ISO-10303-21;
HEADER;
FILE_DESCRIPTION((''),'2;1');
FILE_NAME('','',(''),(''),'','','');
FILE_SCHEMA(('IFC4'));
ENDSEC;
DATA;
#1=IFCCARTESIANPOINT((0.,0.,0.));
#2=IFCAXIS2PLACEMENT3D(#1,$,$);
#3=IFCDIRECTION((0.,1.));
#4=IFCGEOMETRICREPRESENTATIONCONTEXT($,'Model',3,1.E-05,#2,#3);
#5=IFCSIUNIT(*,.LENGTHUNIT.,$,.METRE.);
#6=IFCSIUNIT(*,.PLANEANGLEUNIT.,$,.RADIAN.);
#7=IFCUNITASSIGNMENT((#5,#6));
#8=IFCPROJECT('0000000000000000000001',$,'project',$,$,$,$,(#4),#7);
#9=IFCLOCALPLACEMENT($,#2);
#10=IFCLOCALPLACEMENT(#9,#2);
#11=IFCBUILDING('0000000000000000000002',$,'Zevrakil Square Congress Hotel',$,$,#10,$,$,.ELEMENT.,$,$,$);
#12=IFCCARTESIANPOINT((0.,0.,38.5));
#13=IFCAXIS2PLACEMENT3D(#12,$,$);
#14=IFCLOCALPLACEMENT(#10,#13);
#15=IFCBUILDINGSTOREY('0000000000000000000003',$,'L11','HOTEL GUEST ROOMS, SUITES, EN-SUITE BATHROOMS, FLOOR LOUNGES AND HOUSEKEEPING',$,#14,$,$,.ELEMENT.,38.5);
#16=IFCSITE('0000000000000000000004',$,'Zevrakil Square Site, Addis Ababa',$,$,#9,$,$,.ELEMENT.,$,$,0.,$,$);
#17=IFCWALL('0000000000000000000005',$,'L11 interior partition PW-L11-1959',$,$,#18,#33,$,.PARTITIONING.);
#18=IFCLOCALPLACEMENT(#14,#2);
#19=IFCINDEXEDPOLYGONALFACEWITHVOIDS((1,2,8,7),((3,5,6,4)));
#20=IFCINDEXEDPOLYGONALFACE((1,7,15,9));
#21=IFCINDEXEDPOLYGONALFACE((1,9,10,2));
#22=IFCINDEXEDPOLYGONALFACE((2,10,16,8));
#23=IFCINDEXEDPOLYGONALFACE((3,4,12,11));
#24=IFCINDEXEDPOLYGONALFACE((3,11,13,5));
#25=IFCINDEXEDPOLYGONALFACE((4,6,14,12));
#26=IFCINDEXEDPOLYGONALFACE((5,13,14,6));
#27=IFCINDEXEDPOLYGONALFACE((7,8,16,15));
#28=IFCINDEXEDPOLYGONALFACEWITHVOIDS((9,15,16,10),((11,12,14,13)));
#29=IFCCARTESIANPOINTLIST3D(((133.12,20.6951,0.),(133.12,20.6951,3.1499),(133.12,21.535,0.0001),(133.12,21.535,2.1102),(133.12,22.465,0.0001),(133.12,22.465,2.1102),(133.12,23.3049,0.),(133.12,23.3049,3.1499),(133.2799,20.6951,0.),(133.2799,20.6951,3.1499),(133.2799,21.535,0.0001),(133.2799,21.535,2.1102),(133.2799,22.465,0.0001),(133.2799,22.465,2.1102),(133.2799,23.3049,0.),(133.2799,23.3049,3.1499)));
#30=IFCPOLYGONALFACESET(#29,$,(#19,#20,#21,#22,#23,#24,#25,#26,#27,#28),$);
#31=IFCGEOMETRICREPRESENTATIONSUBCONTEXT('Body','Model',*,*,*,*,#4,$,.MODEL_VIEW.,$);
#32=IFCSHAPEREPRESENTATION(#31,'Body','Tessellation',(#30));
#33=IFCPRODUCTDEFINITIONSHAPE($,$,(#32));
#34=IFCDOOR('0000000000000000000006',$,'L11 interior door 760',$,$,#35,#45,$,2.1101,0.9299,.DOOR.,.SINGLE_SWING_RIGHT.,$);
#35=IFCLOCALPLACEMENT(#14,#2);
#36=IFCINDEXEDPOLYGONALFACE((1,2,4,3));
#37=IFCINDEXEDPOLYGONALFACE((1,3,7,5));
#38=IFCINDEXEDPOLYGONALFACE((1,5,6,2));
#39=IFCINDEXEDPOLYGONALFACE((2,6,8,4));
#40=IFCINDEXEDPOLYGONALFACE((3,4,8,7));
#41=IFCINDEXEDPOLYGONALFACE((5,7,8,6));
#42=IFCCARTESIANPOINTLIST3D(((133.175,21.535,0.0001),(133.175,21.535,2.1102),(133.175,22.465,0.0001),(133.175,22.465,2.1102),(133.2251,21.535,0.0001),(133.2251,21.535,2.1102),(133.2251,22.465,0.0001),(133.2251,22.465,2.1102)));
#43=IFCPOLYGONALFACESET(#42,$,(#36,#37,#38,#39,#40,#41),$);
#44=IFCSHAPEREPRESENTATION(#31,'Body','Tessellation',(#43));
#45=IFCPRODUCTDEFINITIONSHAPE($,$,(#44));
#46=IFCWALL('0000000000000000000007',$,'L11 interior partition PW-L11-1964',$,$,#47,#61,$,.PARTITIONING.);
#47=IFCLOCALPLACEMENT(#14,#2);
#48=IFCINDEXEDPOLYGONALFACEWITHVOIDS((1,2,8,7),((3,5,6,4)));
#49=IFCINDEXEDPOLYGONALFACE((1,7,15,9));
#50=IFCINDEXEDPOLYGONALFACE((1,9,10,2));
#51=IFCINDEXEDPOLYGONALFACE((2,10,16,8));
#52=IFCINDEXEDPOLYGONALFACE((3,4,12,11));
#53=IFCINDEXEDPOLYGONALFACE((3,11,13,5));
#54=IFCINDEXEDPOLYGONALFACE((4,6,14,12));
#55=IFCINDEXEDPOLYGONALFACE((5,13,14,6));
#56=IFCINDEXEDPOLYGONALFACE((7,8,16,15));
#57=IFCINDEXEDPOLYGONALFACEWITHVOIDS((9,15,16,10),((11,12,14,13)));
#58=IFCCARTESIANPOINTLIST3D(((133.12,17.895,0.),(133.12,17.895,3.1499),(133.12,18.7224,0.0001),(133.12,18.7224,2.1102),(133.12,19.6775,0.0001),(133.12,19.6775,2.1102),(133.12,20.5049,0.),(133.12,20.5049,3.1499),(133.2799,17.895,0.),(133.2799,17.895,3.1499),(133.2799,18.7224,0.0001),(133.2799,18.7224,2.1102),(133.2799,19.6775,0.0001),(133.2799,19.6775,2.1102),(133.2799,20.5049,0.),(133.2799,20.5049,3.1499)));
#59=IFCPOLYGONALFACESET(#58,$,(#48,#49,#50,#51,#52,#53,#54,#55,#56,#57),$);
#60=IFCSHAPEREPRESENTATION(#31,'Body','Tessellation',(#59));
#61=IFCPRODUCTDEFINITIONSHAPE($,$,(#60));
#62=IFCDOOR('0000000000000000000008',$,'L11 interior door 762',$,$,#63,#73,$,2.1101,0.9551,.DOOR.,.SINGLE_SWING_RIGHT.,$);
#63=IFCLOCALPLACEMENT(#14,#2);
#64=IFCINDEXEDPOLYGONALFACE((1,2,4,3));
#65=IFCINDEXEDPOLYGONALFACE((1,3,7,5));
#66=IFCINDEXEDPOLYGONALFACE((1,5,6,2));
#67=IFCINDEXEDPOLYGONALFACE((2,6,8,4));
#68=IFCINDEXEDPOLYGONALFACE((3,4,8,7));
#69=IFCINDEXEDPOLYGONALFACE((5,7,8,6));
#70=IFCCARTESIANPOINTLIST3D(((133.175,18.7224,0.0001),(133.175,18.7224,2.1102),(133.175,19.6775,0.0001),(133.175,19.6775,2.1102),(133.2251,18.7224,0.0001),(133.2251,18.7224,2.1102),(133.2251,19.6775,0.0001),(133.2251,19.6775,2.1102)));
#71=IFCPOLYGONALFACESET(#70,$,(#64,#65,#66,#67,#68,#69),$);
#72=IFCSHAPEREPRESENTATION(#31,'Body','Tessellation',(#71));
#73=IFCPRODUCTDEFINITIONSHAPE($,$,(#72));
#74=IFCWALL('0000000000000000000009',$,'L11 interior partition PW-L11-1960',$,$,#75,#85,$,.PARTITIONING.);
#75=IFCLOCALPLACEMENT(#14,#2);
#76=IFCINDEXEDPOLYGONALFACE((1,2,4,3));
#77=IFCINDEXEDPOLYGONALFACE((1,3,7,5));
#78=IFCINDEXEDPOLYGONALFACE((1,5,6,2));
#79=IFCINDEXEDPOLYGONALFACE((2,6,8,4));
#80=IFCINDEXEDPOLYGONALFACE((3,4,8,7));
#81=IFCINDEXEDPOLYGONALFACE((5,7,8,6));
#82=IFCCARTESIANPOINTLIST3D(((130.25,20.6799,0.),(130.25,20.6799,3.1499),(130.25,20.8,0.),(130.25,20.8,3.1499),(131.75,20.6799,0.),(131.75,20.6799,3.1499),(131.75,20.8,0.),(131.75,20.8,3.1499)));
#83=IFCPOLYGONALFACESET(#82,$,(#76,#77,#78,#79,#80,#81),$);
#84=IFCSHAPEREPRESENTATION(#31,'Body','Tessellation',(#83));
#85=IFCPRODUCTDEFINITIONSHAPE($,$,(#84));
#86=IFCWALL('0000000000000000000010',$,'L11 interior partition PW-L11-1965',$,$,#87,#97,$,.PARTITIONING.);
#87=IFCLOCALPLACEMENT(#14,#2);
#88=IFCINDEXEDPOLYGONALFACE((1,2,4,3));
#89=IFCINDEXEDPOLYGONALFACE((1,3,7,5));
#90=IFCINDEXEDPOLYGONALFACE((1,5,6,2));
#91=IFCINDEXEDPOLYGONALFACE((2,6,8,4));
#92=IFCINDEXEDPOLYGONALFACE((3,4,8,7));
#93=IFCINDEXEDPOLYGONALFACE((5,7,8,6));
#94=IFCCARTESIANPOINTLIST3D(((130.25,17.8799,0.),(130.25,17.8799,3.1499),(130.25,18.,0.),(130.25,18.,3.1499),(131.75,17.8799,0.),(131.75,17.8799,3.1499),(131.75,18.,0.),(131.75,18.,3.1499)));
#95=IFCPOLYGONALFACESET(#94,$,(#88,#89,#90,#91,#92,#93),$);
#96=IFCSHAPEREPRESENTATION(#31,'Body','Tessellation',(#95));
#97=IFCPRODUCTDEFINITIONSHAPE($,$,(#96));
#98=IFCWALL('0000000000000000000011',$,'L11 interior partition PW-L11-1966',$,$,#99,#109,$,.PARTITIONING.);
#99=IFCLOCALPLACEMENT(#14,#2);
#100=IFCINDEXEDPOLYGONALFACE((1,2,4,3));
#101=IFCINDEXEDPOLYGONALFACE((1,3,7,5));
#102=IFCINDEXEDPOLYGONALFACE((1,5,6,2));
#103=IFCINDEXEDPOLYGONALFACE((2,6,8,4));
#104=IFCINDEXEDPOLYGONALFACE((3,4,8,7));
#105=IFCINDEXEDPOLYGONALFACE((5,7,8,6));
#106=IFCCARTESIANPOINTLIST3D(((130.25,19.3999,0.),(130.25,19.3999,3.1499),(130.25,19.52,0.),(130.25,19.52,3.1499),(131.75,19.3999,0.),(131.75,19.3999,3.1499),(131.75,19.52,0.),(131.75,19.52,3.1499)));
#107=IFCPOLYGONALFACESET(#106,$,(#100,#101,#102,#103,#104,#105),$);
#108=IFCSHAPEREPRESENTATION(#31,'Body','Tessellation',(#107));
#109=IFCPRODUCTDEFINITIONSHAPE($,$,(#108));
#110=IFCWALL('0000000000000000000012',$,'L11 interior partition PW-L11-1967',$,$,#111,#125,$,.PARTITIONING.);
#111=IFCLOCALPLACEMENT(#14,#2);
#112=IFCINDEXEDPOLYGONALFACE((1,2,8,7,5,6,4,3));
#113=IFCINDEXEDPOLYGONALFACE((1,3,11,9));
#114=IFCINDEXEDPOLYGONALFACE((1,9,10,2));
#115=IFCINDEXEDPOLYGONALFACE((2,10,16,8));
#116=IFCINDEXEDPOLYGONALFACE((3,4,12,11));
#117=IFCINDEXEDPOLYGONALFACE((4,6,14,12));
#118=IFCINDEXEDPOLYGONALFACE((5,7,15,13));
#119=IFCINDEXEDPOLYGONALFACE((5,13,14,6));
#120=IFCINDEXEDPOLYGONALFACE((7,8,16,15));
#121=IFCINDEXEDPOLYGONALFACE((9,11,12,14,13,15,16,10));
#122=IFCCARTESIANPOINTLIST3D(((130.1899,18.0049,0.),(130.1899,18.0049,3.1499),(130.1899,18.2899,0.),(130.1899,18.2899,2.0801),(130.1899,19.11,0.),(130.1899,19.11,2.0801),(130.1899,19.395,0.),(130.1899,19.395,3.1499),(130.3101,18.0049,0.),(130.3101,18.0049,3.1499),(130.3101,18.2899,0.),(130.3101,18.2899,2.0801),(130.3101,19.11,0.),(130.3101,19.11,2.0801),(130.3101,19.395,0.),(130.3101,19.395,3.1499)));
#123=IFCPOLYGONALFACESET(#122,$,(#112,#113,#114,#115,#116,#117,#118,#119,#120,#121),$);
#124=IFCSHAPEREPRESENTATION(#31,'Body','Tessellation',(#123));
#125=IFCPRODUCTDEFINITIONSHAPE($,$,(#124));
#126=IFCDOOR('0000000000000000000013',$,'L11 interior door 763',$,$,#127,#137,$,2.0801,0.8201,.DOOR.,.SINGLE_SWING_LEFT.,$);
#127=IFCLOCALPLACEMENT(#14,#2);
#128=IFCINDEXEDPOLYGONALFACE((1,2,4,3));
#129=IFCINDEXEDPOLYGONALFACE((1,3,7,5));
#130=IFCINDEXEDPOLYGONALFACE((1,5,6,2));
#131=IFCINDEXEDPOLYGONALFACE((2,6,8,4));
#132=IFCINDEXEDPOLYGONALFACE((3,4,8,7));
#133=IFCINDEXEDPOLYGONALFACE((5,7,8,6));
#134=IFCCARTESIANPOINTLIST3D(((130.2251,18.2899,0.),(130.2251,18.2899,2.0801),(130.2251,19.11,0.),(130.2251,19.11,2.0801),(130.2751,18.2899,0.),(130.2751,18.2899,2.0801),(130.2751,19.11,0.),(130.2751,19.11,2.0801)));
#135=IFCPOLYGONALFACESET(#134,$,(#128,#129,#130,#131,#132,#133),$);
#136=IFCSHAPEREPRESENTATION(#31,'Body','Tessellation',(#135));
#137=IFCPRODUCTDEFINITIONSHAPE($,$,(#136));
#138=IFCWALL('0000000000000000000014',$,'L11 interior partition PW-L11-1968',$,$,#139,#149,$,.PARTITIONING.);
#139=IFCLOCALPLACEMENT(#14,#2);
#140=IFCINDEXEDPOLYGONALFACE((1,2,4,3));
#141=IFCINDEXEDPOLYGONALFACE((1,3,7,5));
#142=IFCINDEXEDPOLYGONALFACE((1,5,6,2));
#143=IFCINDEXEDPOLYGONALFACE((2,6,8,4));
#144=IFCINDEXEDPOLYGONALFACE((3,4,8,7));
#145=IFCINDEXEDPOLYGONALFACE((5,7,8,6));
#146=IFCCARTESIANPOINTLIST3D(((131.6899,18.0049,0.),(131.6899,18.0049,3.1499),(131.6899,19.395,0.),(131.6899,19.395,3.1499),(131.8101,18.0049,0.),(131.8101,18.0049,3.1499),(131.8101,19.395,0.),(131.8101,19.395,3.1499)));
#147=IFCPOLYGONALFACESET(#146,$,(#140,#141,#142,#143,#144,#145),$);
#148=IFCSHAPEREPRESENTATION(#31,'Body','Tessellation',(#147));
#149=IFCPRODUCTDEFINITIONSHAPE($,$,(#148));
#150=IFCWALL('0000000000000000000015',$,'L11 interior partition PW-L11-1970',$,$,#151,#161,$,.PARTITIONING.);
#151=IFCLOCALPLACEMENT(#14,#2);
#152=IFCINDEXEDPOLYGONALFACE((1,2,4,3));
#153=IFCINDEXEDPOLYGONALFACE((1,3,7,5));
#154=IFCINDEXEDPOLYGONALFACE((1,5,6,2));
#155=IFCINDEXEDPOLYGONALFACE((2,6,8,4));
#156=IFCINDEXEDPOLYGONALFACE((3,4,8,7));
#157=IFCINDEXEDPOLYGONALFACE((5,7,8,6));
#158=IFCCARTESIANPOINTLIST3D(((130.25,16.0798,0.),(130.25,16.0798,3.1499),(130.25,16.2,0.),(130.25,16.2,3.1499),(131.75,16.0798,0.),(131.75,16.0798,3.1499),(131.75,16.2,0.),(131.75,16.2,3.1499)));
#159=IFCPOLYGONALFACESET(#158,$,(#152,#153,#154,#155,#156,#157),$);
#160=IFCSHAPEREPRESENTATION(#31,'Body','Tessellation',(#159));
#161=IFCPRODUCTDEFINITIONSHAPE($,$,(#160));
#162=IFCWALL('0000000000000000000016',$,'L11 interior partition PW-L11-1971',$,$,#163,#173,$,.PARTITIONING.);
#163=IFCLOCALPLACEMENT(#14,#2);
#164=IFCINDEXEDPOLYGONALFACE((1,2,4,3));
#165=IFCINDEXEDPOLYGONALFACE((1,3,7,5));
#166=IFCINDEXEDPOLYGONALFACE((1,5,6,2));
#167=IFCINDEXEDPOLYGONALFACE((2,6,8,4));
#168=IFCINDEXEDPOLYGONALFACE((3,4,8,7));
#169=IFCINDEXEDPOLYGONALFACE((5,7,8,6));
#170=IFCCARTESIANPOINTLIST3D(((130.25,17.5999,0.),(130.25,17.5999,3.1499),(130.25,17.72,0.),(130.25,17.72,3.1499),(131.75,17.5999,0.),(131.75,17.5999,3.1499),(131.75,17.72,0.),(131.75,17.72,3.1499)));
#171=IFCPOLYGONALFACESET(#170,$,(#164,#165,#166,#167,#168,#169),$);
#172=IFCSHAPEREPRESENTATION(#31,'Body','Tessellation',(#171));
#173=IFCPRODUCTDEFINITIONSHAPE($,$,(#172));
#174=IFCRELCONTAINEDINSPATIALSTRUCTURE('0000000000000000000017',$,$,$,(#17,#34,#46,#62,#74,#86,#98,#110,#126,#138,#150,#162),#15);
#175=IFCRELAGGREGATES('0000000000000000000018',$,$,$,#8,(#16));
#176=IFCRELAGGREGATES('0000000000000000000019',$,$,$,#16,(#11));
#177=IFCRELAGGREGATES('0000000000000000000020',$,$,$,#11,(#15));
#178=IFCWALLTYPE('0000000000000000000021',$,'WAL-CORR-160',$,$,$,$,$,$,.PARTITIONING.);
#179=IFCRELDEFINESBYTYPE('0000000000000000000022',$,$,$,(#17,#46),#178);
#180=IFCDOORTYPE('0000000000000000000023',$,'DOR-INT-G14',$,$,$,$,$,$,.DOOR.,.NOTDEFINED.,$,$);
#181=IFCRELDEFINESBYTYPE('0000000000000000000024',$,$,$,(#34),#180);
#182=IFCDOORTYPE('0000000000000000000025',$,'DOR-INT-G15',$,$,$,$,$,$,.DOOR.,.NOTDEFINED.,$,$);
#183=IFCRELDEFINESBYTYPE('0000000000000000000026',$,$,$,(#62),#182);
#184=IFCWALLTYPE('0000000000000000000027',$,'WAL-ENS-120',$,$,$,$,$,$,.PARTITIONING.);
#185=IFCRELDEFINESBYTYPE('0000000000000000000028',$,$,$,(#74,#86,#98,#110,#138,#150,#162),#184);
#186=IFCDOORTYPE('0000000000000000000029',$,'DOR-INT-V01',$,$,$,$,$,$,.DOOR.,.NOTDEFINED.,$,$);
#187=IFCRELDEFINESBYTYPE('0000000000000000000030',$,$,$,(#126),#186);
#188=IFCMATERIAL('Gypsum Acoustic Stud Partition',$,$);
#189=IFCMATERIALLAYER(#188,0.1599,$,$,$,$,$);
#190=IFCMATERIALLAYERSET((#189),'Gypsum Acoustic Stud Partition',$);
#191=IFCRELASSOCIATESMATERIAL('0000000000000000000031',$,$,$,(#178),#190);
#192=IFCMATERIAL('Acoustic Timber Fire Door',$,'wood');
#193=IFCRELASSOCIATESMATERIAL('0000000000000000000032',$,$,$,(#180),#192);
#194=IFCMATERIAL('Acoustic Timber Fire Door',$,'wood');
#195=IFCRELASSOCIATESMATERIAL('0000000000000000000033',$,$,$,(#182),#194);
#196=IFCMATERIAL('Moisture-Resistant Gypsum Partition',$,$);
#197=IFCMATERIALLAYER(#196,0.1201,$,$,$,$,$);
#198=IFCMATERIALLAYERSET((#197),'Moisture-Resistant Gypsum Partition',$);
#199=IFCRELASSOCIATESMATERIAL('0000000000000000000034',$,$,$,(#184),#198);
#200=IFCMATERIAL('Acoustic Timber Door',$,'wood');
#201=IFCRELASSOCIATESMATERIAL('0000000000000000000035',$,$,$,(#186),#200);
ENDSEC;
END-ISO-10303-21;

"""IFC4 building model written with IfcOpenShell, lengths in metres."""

from ifc_helpers import new_model, si_unit, direction, frame, frame_2d, origin, place, context, subcontext, project, spatial, rectangle, extrude, material, layer, layer_set, type_object, element, fill, save


model = new_model("IFC4")

# Units and contexts
model_context = context("Model", 3, precision=1e-05, world=origin(), true_north=direction((0.0, 1.0)))
body_context = subcontext(model_context, "Body", "Model", "MODEL_VIEW")
ifc_project = project(units=[si_unit("LENGTHUNIT", "METRE"), si_unit("PLANEANGLEUNIT", "RADIAN")], contexts=[model_context])

# Site, building, storey
site_placement = place(None, origin())
site = spatial("IfcSite", under=ifc_project, at=site_placement, Name="Zevrakil Square Site, Addis Ababa", CompositionType="ELEMENT", RefElevation=0.0)
building_placement = place(site_placement, origin())
building = spatial("IfcBuilding", under=site, at=building_placement, Name="Zevrakil Square Congress Hotel", CompositionType="ELEMENT")
storey_placement = place(building_placement, frame((0.0, 0.0, 38.5)))
storey = spatial("IfcBuildingStorey", under=building, at=storey_placement, Name="L11", Description="HOTEL GUEST ROOMS, SUITES, EN-SUITE BATHROOMS, FLOOR LOUNGES AND HOUSEKEEPING", CompositionType="ELEMENT", Elevation=38.5)

# Walls, openings, doors
ifc_material_1 = material(Name="Gypsum Acoustic Stud Partition")
ifc_layer_1 = layer(ifc_material_1, 0.1599)
ifc_layer_set_1 = layer_set([ifc_layer_1], Name="Gypsum Acoustic Stud Partition")
wall_type_1 = type_object("IfcWallType", Name="WAL-CORR-160", PredefinedType="PARTITIONING", material=ifc_layer_set_1)
wall_1_placement = place(storey_placement, frame((133.2, 20.6951, 0.0), z_axis=(0.0, 0.0, 1.0), x_axis=(0.0, 1.0, 0.0)))
wall_1 = element("IfcWall", 1, at=wall_1_placement, inside=storey, type_object=wall_type_1, Name="L11 interior partition PW-L11-1959", PredefinedType="PARTITIONING", context=body_context, shape_type="SweptSolid", body=[
    extrude(rectangle(XDim=2.6099, YDim=0.1599, at=frame_2d((1.3049, 0.0))), origin(), (0.0, 0.0, 1.0), 3.1499),
])
opening_1_placement = place(wall_1_placement, frame((0.8401, 0.0, 0.0)))
opening_1 = element("IfcOpeningElement", 2, at=opening_1_placement, cuts=wall_1, PredefinedType="OPENING", context=body_context, shape_type="SweptSolid", body=[
    extrude(rectangle(XDim=0.9299, YDim=2.1101, at=frame_2d((0.4648, 1.0552))), frame((0.0, 0.0898, 0.0), z_axis=(0.0, -1.0, 0.0), x_axis=(1.0, 0.0, 0.0)), (0.0, 0.0, 1.0), 0.1799),
])
ifc_material_2 = material(Name="Acoustic Timber Fire Door", Category="wood")
door_type_1 = type_object("IfcDoorType", Name="DOR-INT-G14", OperationType="NOTDEFINED", PredefinedType="DOOR", material=ifc_material_2)
door_1_placement = place(opening_1_placement, origin())
door_1 = element("IfcDoor", 3, at=door_1_placement, inside=storey, type_object=door_type_1, Name="L11 interior door 760", OperationType="SINGLE_SWING_RIGHT", OverallHeight=2.1101, OverallWidth=0.9299, PredefinedType="DOOR", context=body_context, shape_type="SweptSolid", body=[
    extrude(rectangle(XDim=0.9299, YDim=2.1101, at=frame_2d((0.4648, 1.0552))), frame((0.0, 0.0249, 0.0), z_axis=(0.0, -1.0, 0.0), x_axis=(1.0, 0.0, 0.0)), (0.0, 0.0, 1.0), 0.05),
])
fill(opening_1, door_1)
wall_2_placement = place(storey_placement, frame((133.2, 17.895, 0.0), z_axis=(0.0, 0.0, 1.0), x_axis=(0.0, 1.0, 0.0)))
wall_2 = element("IfcWall", 4, at=wall_2_placement, inside=storey, type_object=wall_type_1, Name="L11 interior partition PW-L11-1964", PredefinedType="PARTITIONING", context=body_context, shape_type="SweptSolid", body=[
    extrude(rectangle(XDim=2.6099, YDim=0.1599, at=frame_2d((1.3049, 0.0))), origin(), (0.0, 0.0, 1.0), 3.1499),
])
opening_2_placement = place(wall_2_placement, frame((0.8274, 0.0, 0.0)))
opening_2 = element("IfcOpeningElement", 5, at=opening_2_placement, cuts=wall_2, PredefinedType="OPENING", context=body_context, shape_type="SweptSolid", body=[
    extrude(rectangle(XDim=0.9551, YDim=2.1101, at=frame_2d((0.4775, 1.0552))), frame((0.0, 0.0898, 0.0), z_axis=(0.0, -1.0, 0.0), x_axis=(1.0, 0.0, 0.0)), (0.0, 0.0, 1.0), 0.1799),
])
ifc_material_3 = material(Name="Acoustic Timber Fire Door", Category="wood")
door_type_2 = type_object("IfcDoorType", Name="DOR-INT-G15", OperationType="NOTDEFINED", PredefinedType="DOOR", material=ifc_material_3)
door_2_placement = place(opening_2_placement, origin())
door_2 = element("IfcDoor", 6, at=door_2_placement, inside=storey, type_object=door_type_2, Name="L11 interior door 762", OperationType="SINGLE_SWING_RIGHT", OverallHeight=2.1101, OverallWidth=0.9551, PredefinedType="DOOR", context=body_context, shape_type="SweptSolid", body=[
    extrude(rectangle(XDim=0.9551, YDim=2.1101, at=frame_2d((0.4775, 1.0552))), frame((0.0, 0.0249, 0.0), z_axis=(0.0, -1.0, 0.0), x_axis=(1.0, 0.0, 0.0)), (0.0, 0.0, 1.0), 0.05),
])
fill(opening_2, door_2)

# Walls
ifc_material_4 = material(Name="Moisture-Resistant Gypsum Partition")
ifc_layer_2 = layer(ifc_material_4, 0.1201)
ifc_layer_set_2 = layer_set([ifc_layer_2], Name="Moisture-Resistant Gypsum Partition")
wall_type_2 = type_object("IfcWallType", Name="WAL-ENS-120", PredefinedType="PARTITIONING", material=ifc_layer_set_2)
for number, where, z_axis, x_axis, name in (
    (7, (130.25, 20.74, 0.0), (0.0, 0.0, 1.0), (1.0, 0.0, 0.0), "L11 interior partition PW-L11-1960"),
    (8, (130.25, 17.9399, 0.0), (0.0, 0.0, 1.0), (1.0, 0.0, 0.0), "L11 interior partition PW-L11-1965"),
    (9, (130.25, 19.46, 0.0), (0.0, 0.0, 1.0), (1.0, 0.0, 0.0), "L11 interior partition PW-L11-1966"),
):
    element("IfcWall", number, at=place(storey_placement, frame(where, z_axis=z_axis, x_axis=x_axis)), inside=storey, type_object=wall_type_2, Name=name, PredefinedType="PARTITIONING", context=body_context, shape_type="SweptSolid", body=[
        extrude(rectangle(XDim=1.5, YDim=0.1201, at=frame_2d((0.75, 0.0))), origin(), (0.0, 0.0, 1.0), 3.1499),
    ])

# Wall, opening, door
wall_3_placement = place(storey_placement, frame((130.25, 18.0049, 0.0), z_axis=(0.0, 0.0, 1.0), x_axis=(0.0, 1.0, 0.0)))
wall_3 = element("IfcWall", 10, at=wall_3_placement, inside=storey, type_object=wall_type_2, Name="L11 interior partition PW-L11-1967", PredefinedType="PARTITIONING", context=body_context, shape_type="SweptSolid", body=[
    extrude(rectangle(XDim=1.3901, YDim=0.1201, at=frame_2d((0.6951, 0.0))), origin(), (0.0, 0.0, 1.0), 3.1499),
])
opening_3_placement = place(wall_3_placement, frame((0.2849, 0.0, 0.0)))
opening_3 = element("IfcOpeningElement", 11, at=opening_3_placement, cuts=wall_3, PredefinedType="OPENING", context=body_context, shape_type="SweptSolid", body=[
    extrude(rectangle(XDim=0.8201, YDim=2.0801, at=frame_2d((0.4102, 1.04))), frame((0.0, 0.0701, 0.0), z_axis=(0.0, -1.0, 0.0), x_axis=(1.0, 0.0, 0.0)), (0.0, 0.0, 1.0), 0.1401),
])
ifc_material_5 = material(Name="Acoustic Timber Door", Category="wood")
door_type_3 = type_object("IfcDoorType", Name="DOR-INT-V01", OperationType="NOTDEFINED", PredefinedType="DOOR", material=ifc_material_5)
door_3_placement = place(opening_3_placement, origin())
door_3 = element("IfcDoor", 12, at=door_3_placement, inside=storey, type_object=door_type_3, Name="L11 interior door 763", OperationType="SINGLE_SWING_LEFT", OverallHeight=2.0801, OverallWidth=0.8201, PredefinedType="DOOR", context=body_context, shape_type="SweptSolid", body=[
    extrude(rectangle(XDim=0.8201, YDim=2.0801, at=frame_2d((0.4102, 1.04))), frame((0.0, 0.0249, 0.0), z_axis=(0.0, -1.0, 0.0), x_axis=(1.0, 0.0, 0.0)), (0.0, 0.0, 1.0), 0.05),
])
fill(opening_3, door_3)

# Walls
wall_4_placement = place(storey_placement, frame((131.75, 18.0049, 0.0), z_axis=(0.0, 0.0, 1.0), x_axis=(0.0, 1.0, 0.0)))
element("IfcWall", 13, at=wall_4_placement, inside=storey, type_object=wall_type_2, Name="L11 interior partition PW-L11-1968", PredefinedType="PARTITIONING", context=body_context, shape_type="SweptSolid", body=[
    extrude(rectangle(XDim=1.3901, YDim=0.1201, at=frame_2d((0.6951, 0.0))), origin(), (0.0, 0.0, 1.0), 3.1499),
])
for number, where, z_axis, x_axis, name in (
    (14, (130.25, 16.1399, 0.0), (0.0, 0.0, 1.0), (1.0, 0.0, 0.0), "L11 interior partition PW-L11-1970"),
    (15, (130.25, 17.6599, 0.0), (0.0, 0.0, 1.0), (1.0, 0.0, 0.0), "L11 interior partition PW-L11-1971"),
):
    element("IfcWall", number, at=place(storey_placement, frame(where, z_axis=z_axis, x_axis=x_axis)), inside=storey, type_object=wall_type_2, Name=name, PredefinedType="PARTITIONING", context=body_context, shape_type="SweptSolid", body=[
        extrude(rectangle(XDim=1.5, YDim=0.1201, at=frame_2d((0.75, 0.0))), origin(), (0.0, 0.0, 1.0), 3.1499),
    ])

save(model, "model.ifc")
